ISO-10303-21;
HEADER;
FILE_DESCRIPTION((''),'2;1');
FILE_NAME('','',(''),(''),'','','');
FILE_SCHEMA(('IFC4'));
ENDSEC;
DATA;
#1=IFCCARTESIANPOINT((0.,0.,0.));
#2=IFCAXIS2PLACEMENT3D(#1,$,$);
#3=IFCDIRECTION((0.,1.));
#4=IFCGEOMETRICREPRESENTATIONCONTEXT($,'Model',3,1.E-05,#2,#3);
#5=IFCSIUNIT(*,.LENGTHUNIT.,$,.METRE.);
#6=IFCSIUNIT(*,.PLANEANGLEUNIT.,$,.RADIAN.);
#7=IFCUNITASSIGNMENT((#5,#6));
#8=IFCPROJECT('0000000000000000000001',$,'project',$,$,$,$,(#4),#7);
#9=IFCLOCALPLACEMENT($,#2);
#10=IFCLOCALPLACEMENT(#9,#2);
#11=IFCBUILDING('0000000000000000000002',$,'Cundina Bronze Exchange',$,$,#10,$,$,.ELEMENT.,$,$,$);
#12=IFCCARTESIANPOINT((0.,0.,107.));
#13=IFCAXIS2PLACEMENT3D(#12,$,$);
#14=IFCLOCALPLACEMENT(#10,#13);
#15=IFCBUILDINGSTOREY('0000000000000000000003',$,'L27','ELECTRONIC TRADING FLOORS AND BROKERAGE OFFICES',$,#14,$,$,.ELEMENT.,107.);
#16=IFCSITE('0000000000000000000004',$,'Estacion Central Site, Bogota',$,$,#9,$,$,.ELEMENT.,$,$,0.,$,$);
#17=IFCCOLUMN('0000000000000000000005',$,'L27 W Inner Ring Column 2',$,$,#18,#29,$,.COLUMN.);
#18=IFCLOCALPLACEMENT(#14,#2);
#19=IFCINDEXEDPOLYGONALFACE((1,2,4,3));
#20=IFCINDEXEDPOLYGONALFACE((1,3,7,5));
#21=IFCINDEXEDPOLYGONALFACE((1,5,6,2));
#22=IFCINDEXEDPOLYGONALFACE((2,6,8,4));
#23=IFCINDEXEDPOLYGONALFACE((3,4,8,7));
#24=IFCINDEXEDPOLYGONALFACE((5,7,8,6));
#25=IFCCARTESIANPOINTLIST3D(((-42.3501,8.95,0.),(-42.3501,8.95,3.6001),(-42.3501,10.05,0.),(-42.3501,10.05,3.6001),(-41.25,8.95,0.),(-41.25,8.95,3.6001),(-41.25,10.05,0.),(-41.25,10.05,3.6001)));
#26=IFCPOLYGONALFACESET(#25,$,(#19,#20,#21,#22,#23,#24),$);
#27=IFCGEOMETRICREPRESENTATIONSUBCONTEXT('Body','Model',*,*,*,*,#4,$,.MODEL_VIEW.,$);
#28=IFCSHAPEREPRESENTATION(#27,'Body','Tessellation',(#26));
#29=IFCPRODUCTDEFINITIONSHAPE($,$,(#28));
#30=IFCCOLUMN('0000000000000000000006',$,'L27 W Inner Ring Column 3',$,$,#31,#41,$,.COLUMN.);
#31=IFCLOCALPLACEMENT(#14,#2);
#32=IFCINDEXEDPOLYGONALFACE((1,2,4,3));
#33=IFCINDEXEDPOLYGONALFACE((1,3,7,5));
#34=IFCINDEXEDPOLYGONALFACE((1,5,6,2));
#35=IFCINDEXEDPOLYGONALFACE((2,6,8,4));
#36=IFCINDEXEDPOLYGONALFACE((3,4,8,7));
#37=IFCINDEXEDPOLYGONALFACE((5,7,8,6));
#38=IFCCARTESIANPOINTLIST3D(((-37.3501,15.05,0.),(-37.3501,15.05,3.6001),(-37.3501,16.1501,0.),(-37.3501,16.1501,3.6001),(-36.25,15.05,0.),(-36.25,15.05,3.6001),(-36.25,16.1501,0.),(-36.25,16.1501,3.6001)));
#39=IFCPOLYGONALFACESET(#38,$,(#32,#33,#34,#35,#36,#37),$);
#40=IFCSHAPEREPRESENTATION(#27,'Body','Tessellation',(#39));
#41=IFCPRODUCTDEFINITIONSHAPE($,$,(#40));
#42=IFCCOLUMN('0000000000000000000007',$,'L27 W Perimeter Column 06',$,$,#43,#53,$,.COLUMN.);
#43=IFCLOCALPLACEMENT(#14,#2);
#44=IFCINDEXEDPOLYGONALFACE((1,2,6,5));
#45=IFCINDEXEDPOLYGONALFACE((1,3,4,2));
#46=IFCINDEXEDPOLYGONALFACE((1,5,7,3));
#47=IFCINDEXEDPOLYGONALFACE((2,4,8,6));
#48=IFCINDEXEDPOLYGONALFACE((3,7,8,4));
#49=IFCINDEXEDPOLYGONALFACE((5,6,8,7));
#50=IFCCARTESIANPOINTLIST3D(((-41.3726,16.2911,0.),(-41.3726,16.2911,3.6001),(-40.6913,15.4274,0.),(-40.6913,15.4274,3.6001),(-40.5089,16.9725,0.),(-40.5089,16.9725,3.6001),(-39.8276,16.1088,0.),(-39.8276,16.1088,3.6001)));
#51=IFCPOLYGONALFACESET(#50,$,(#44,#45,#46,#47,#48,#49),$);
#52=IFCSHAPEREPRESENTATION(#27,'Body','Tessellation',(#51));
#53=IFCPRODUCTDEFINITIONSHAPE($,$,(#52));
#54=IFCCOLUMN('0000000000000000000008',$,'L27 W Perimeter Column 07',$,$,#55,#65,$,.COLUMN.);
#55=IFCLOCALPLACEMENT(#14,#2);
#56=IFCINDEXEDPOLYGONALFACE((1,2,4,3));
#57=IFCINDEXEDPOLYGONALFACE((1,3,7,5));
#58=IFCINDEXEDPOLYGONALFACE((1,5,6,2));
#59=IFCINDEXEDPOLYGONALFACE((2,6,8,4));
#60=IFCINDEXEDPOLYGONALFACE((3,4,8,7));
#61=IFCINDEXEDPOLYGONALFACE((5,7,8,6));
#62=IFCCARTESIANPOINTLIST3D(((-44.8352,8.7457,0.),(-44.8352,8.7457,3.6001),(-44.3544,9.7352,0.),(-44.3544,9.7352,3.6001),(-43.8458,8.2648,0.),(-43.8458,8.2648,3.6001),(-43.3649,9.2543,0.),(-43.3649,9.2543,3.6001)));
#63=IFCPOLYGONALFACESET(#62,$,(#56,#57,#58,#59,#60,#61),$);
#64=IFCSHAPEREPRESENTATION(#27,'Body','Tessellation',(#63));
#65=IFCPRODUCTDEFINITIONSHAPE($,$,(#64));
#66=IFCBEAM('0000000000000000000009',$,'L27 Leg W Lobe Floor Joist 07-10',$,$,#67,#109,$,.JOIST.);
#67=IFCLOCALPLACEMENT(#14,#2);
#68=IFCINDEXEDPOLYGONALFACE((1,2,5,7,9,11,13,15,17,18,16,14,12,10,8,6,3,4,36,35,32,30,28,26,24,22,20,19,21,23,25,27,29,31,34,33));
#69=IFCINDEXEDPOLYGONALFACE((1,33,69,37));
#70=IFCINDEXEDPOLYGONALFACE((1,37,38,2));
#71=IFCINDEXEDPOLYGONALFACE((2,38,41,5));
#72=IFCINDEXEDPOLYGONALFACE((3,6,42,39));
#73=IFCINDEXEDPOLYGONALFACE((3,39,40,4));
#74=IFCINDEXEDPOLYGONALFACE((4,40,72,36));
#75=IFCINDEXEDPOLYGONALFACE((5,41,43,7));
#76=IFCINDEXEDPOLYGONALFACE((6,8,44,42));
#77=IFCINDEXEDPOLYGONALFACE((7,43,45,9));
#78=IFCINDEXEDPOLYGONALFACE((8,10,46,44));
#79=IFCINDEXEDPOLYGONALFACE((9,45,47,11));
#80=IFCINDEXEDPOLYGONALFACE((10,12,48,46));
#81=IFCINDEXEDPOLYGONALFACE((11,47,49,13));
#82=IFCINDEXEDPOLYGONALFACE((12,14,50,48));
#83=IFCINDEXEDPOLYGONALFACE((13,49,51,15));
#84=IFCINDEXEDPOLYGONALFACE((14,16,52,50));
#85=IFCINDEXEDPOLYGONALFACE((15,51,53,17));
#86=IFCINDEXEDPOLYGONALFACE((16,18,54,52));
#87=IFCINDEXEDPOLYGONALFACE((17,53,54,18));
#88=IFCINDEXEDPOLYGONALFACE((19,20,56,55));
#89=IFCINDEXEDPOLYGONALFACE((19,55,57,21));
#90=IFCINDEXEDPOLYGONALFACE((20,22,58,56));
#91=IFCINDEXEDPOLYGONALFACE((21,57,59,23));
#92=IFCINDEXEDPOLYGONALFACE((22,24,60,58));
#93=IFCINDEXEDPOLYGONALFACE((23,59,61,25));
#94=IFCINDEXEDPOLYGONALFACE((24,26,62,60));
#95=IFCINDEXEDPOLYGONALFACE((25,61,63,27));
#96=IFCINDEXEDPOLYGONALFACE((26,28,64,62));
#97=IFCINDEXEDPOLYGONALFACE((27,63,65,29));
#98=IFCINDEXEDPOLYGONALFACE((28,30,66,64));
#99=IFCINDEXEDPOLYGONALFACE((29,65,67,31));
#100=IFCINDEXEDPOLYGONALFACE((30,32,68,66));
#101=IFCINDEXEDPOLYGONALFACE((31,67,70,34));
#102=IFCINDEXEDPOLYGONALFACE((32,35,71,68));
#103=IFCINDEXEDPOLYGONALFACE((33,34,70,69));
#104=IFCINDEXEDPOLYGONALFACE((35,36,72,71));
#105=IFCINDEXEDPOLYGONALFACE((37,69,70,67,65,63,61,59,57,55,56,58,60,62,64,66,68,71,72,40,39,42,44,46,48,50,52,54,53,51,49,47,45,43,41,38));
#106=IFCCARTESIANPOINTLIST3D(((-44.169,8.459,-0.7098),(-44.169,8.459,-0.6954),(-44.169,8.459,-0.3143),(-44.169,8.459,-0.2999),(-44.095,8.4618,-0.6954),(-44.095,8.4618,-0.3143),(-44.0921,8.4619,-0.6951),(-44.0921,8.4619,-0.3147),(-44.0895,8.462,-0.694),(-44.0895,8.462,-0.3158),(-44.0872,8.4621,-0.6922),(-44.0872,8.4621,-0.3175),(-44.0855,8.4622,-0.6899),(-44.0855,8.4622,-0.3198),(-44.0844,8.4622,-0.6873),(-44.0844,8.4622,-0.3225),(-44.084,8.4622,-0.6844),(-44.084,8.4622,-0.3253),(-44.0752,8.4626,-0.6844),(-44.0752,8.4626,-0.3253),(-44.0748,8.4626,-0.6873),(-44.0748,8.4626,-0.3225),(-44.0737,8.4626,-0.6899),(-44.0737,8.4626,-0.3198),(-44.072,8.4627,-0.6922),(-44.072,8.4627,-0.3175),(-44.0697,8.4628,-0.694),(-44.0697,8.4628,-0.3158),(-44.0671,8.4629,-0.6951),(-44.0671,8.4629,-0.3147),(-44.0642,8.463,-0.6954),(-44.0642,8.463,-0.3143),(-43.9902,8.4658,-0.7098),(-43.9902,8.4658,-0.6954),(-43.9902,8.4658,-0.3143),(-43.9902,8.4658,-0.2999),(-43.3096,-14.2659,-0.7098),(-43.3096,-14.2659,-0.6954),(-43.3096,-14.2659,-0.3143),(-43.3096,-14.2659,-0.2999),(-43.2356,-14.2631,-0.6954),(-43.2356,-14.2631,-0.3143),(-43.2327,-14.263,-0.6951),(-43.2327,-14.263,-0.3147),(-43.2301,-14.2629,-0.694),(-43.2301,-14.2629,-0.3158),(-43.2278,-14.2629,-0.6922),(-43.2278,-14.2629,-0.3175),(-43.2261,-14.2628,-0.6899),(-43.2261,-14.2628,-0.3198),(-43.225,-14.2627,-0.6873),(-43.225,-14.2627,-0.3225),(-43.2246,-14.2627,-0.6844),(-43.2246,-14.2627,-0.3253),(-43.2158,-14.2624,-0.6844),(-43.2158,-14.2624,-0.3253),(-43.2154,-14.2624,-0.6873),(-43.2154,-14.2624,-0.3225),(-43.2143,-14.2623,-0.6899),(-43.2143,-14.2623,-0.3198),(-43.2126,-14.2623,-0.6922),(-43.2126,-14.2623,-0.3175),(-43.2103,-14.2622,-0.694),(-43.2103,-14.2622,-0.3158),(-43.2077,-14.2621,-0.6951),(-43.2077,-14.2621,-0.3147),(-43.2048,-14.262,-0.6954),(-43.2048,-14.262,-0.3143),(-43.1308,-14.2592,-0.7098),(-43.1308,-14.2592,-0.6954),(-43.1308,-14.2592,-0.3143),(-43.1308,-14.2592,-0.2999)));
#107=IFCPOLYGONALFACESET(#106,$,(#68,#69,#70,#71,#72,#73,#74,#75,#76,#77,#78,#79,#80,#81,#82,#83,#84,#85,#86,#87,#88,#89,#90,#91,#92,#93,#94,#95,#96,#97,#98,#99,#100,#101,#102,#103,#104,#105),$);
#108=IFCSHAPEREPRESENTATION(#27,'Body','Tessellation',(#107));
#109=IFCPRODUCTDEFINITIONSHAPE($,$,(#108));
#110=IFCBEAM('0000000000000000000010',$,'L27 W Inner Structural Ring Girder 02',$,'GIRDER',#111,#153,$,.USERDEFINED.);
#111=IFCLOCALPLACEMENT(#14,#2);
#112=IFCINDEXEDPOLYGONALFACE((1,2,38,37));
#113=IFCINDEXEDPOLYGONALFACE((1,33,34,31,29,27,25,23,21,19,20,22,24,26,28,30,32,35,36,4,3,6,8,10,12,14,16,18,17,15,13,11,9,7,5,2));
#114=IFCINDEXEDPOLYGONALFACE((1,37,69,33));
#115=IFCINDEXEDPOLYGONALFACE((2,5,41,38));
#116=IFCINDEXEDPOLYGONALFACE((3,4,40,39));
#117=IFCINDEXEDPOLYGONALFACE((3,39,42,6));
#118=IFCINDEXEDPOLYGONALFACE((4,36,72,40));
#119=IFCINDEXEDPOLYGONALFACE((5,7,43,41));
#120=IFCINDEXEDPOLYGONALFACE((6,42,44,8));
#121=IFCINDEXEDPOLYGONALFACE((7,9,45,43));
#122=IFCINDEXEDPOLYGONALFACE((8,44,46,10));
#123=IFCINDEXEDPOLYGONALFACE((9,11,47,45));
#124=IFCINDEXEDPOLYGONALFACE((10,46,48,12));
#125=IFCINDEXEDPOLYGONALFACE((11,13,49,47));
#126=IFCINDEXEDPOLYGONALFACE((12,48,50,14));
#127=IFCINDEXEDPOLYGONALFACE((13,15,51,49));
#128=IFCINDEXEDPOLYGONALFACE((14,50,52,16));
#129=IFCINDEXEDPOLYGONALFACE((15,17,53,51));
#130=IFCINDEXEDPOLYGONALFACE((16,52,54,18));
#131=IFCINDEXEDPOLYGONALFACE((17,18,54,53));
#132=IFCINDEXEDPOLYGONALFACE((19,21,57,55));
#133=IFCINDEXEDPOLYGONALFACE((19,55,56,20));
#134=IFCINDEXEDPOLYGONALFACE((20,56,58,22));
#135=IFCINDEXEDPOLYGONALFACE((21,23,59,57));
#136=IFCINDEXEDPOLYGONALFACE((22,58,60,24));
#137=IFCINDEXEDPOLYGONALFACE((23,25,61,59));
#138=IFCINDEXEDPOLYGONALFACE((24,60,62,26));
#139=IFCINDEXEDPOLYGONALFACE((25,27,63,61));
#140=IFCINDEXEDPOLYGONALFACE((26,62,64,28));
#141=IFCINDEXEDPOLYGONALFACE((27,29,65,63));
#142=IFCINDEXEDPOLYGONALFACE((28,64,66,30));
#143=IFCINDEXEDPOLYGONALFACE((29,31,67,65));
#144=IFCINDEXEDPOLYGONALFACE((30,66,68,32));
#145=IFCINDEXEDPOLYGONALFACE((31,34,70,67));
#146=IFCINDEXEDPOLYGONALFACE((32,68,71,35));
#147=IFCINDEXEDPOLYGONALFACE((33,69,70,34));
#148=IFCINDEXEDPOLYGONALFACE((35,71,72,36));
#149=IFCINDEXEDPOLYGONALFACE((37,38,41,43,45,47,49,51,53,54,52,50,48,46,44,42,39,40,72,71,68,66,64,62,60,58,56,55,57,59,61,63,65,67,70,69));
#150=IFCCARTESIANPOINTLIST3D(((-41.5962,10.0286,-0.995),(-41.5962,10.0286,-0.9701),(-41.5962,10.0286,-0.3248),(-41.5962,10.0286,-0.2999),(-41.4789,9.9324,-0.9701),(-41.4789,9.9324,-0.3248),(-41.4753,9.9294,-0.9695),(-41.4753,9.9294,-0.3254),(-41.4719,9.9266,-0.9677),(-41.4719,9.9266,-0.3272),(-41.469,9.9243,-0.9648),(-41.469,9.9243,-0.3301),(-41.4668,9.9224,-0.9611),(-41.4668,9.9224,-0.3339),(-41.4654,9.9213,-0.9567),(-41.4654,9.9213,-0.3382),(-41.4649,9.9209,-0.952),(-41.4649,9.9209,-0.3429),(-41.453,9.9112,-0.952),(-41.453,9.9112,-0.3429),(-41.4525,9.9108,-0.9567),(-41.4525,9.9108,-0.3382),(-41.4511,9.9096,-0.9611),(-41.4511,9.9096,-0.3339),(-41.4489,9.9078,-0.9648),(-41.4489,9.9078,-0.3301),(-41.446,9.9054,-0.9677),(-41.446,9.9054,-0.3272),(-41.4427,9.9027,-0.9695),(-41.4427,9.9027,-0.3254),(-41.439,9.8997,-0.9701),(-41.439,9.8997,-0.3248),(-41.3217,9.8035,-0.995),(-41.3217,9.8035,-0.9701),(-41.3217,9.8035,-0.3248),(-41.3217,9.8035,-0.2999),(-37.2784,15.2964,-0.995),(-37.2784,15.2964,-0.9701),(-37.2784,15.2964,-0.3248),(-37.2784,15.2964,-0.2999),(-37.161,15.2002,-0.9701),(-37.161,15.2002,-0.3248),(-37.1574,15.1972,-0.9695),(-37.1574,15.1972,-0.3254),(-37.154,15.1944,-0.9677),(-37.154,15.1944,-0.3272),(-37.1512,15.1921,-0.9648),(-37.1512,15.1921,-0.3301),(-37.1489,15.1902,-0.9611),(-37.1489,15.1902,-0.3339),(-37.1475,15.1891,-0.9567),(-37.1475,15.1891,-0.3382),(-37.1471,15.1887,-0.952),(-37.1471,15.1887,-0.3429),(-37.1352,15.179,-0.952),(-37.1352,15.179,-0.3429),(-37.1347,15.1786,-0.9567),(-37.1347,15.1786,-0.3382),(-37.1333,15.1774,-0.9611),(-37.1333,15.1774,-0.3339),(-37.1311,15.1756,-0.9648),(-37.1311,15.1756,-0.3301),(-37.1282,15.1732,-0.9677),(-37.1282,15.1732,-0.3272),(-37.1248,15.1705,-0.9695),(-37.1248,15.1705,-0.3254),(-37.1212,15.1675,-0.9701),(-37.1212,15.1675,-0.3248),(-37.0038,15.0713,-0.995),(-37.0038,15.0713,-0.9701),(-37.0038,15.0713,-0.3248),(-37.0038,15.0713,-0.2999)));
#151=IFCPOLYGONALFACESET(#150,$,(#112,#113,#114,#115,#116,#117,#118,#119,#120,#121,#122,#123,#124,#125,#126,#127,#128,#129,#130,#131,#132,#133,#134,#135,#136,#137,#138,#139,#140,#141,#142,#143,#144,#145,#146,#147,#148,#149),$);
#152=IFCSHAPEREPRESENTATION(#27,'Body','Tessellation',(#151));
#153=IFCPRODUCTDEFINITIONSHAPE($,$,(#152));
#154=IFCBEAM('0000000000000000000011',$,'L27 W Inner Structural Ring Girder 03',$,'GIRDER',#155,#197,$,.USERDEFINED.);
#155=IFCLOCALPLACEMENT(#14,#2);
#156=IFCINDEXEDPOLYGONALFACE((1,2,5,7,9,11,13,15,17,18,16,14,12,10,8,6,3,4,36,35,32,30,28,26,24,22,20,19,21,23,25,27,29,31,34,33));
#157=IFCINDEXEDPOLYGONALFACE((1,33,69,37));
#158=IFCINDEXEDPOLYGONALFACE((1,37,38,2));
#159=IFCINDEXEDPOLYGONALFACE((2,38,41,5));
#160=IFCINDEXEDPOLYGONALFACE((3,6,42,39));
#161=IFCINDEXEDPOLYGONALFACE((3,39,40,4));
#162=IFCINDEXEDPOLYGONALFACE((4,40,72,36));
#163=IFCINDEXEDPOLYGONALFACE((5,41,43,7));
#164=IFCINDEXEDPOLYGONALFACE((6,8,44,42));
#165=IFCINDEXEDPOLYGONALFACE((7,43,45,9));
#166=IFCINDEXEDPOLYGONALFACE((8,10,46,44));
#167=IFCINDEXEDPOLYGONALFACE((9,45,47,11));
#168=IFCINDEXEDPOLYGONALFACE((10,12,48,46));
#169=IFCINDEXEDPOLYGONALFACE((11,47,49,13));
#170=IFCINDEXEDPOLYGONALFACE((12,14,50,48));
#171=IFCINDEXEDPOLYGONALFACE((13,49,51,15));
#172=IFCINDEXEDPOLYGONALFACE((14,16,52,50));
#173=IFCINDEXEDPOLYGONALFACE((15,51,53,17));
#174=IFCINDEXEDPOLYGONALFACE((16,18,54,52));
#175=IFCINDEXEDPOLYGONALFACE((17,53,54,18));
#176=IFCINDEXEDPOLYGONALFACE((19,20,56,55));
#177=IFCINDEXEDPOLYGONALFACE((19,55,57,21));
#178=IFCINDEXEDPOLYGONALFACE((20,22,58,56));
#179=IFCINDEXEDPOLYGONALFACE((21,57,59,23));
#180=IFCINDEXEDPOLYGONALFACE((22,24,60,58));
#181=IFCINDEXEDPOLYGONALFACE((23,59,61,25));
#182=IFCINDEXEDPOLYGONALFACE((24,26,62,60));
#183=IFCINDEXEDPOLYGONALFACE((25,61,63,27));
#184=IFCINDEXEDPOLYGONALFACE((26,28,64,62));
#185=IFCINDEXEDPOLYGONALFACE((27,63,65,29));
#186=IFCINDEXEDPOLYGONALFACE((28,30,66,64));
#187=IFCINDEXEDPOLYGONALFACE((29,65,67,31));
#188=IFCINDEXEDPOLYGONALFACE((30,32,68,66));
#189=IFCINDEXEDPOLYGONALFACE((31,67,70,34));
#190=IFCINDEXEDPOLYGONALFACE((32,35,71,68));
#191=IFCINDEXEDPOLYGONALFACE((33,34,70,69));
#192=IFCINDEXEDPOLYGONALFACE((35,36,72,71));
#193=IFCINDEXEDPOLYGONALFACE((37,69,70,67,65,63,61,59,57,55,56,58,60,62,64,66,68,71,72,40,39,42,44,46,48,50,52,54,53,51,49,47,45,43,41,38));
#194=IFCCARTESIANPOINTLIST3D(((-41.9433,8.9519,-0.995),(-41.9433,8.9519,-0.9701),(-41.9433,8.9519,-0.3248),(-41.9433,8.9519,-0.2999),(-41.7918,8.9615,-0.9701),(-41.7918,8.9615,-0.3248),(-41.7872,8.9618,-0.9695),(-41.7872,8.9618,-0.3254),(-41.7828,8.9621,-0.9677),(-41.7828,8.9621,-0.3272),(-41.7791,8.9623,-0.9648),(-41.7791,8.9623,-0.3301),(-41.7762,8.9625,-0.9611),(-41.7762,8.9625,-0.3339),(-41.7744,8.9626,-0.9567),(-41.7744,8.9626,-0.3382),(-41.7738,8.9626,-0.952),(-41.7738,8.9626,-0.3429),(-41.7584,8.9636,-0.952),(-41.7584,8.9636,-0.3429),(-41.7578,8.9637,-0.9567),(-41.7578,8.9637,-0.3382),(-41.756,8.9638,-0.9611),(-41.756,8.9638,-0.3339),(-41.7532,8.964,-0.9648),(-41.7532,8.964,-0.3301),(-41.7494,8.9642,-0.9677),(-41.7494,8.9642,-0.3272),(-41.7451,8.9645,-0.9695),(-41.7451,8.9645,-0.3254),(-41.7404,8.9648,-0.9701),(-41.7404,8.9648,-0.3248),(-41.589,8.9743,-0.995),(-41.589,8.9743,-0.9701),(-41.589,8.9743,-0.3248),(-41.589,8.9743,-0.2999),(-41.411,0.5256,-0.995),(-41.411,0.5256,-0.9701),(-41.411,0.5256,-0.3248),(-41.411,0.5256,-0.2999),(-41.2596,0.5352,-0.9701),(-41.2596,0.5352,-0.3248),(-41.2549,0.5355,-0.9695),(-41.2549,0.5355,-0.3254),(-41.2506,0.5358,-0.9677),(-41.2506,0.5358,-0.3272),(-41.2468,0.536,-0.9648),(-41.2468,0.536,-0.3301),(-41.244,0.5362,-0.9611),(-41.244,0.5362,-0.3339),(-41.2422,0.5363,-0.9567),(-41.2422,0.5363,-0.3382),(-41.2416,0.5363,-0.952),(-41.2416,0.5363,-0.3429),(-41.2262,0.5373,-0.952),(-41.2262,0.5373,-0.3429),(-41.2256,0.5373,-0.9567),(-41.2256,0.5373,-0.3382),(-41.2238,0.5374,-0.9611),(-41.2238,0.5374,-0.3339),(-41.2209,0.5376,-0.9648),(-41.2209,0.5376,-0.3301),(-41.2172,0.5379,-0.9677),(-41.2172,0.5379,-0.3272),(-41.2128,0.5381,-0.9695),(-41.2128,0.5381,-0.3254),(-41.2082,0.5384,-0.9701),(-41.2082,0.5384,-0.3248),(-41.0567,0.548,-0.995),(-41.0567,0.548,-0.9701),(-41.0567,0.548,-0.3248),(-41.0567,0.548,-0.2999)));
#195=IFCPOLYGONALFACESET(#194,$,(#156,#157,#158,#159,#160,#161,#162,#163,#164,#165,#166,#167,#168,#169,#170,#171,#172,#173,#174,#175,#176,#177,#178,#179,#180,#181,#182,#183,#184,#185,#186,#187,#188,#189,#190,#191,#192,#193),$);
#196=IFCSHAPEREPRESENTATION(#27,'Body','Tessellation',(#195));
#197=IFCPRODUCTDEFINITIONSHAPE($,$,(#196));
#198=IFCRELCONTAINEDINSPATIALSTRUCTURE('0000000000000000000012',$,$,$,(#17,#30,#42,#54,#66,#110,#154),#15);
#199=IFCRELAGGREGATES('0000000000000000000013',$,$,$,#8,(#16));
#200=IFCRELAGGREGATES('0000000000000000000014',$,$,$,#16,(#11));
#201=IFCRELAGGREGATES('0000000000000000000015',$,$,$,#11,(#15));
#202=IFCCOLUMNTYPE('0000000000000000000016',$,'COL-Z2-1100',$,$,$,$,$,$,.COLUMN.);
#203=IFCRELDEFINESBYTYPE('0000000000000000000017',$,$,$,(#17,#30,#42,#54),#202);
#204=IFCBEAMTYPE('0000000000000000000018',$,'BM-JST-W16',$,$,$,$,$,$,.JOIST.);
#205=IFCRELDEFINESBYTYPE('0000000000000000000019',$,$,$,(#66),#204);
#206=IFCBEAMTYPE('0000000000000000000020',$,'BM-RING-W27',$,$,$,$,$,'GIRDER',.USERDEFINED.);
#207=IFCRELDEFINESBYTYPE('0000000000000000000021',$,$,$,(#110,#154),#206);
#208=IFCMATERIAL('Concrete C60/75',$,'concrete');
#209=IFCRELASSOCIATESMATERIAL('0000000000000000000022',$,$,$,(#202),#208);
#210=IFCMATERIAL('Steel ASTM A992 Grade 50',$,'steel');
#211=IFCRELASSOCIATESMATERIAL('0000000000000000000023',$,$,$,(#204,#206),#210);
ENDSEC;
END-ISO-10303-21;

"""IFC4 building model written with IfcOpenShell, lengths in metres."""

from ifc_helpers import new_model, si_unit, direction, frame, origin, origin_2d, place, context, subcontext, project, spatial, rectangle, i_section, extrude, material, material_profile, profile_set, type_object, element, save


model = new_model("IFC4")

# Units and contexts
model_context = context("Model", 3, precision=1e-05, world=origin(), true_north=direction((0.0, 1.0)))
body_context = subcontext(model_context, "Body", "Model", "MODEL_VIEW")
ifc_project = project(units=[si_unit("LENGTHUNIT", "METRE"), si_unit("PLANEANGLEUNIT", "RADIAN")], contexts=[model_context])

# Site, building, storey
site_placement = place(None, origin())
site = spatial("IfcSite", under=ifc_project, at=site_placement, Name="Estacion Central Site, Bogota", CompositionType="ELEMENT", RefElevation=0.0)
building_placement = place(site_placement, origin())
building = spatial("IfcBuilding", under=site, at=building_placement, Name="Cundina Bronze Exchange", CompositionType="ELEMENT")
storey_placement = place(building_placement, frame((0.0, 0.0, 107.0)))
storey = spatial("IfcBuildingStorey", under=building, at=storey_placement, Name="L27", Description="ELECTRONIC TRADING FLOORS AND BROKERAGE OFFICES", CompositionType="ELEMENT", Elevation=107.0)

# Columns
ifc_material_1 = material(Name="Concrete C60/75", Category="concrete")
ifc_material_profile_1 = material_profile(ifc_material_1, rectangle(XDim=1.1001, YDim=1.1001, at=origin_2d()), Name="RC1100X1100", Category="concrete")
ifc_profile_set_1 = profile_set([ifc_material_profile_1], Name="Concrete C60/75")
column_type = type_object("IfcColumnType", Name="COL-Z2-1100", PredefinedType="COLUMN", material=ifc_profile_set_1)
for number, where, z_axis, x_axis, name in (
    (1, (-41.8, 9.5, 0.0), (0.0, 0.0, 1.0), (1.0, 0.0, 0.0), "L27 W Inner Ring Column 2"),
    (2, (-36.8, 15.6001, 0.0), (0.0, 0.0, 1.0), (1.0, 0.0, 0.0), "L27 W Inner Ring Column 3"),
    (3, (-40.6001, 16.2, 0.0), (0.0, 0.0, 1.0), (-0.785101, -0.619368, 0.0), "L27 W Perimeter Column 06"),
    (4, (-44.1001, 9.0, 0.0), (0.0, 0.0, 1.0), (-0.437116, -0.899405, 0.0), "L27 W Perimeter Column 07"),
):
    element("IfcColumn", number, at=place(storey_placement, frame(where, z_axis=z_axis, x_axis=x_axis)), inside=storey, type_object=column_type, Name=name, PredefinedType="COLUMN", context=body_context, shape_type="SweptSolid", body=[
        extrude(rectangle(XDim=1.1001, YDim=1.1001, at=origin_2d()), origin(), (0.0, 0.0, 1.0), 3.6001),
    ])

# Beams
ifc_material_2 = material(Name="Steel ASTM A992 Grade 50", Category="steel")
ifc_material_profile_2 = material_profile(ifc_material_2, i_section(OverallWidth=0.179, OverallDepth=0.4099, WebThickness=0.0088, FlangeThickness=0.0144, FilletRadius=0.011, at=origin_2d()), Name="W16X45", Category="steel")
ifc_profile_set_2 = profile_set([ifc_material_profile_2], Name="Steel ASTM A992 Grade 50")
beam_type_1 = type_object("IfcBeamType", Name="BM-JST-W16", PredefinedType="JOIST", material=ifc_profile_set_2)
beam_1_placement = place(storey_placement, frame((-44.0796, 8.4624, -0.5049), z_axis=(0.03779, -0.999286, 0.0), x_axis=(0.999286, 0.03779, 0.0)))
element("IfcBeam", 5, at=beam_1_placement, inside=storey, type_object=beam_type_1, Name="L27 Leg W Lobe Floor Joist 07-10", PredefinedType="JOIST", context=body_context, shape_type="SweptSolid", body=[
    extrude(i_section(OverallWidth=0.179, OverallDepth=0.4099, WebThickness=0.0088, FlangeThickness=0.0144, FilletRadius=0.011, at=origin_2d()), origin(), (0.0, 0.0, 1.0), 22.7412),
])
ifc_material_profile_3 = material_profile(ifc_material_2, i_section(OverallWidth=0.355, OverallDepth=0.6951, WebThickness=0.0154, FlangeThickness=0.0249, FilletRadius=0.0181, at=origin_2d()), Name="W27X146", Category="steel")
ifc_profile_set_3 = profile_set([ifc_material_profile_3], Name="Steel ASTM A992 Grade 50")
beam_type_2 = type_object("IfcBeamType", Name="BM-RING-W27", ElementType="GIRDER", PredefinedType="USERDEFINED", material=ifc_profile_set_3)
beam_2_placement = place(storey_placement, frame((-37.1411, 15.1838, -0.6475), z_axis=(-0.633927, -0.773393, 0.0), x_axis=(0.773393, -0.633927, 0.0)))
element("IfcBeam", 6, at=beam_2_placement, inside=storey, type_object=beam_type_2, Name="L27 W Inner Structural Ring Girder 02", ObjectType="GIRDER", PredefinedType="USERDEFINED", context=body_context, shape_type="SweptSolid", body=[
    extrude(i_section(OverallWidth=0.355, OverallDepth=0.6951, WebThickness=0.0154, FlangeThickness=0.0249, FilletRadius=0.0181, at=origin_2d()), origin(), (0.0, 0.0, 1.0), 6.8113),
])
beam_3_placement = place(storey_placement, frame((-41.7661, 8.9631, -0.6475), z_axis=(0.063037, -0.998011, 0.0), x_axis=(0.998011, 0.063037, 0.0)))
element("IfcBeam", 7, at=beam_3_placement, inside=storey, type_object=beam_type_2, Name="L27 W Inner Structural Ring Girder 03", ObjectType="GIRDER", PredefinedType="USERDEFINED", context=body_context, shape_type="SweptSolid", body=[
    extrude(i_section(OverallWidth=0.355, OverallDepth=0.6951, WebThickness=0.0154, FlangeThickness=0.0249, FilletRadius=0.0181, at=origin_2d()), origin(), (0.0, 0.0, 1.0), 8.4431),
])

save(model, "model.ifc")
